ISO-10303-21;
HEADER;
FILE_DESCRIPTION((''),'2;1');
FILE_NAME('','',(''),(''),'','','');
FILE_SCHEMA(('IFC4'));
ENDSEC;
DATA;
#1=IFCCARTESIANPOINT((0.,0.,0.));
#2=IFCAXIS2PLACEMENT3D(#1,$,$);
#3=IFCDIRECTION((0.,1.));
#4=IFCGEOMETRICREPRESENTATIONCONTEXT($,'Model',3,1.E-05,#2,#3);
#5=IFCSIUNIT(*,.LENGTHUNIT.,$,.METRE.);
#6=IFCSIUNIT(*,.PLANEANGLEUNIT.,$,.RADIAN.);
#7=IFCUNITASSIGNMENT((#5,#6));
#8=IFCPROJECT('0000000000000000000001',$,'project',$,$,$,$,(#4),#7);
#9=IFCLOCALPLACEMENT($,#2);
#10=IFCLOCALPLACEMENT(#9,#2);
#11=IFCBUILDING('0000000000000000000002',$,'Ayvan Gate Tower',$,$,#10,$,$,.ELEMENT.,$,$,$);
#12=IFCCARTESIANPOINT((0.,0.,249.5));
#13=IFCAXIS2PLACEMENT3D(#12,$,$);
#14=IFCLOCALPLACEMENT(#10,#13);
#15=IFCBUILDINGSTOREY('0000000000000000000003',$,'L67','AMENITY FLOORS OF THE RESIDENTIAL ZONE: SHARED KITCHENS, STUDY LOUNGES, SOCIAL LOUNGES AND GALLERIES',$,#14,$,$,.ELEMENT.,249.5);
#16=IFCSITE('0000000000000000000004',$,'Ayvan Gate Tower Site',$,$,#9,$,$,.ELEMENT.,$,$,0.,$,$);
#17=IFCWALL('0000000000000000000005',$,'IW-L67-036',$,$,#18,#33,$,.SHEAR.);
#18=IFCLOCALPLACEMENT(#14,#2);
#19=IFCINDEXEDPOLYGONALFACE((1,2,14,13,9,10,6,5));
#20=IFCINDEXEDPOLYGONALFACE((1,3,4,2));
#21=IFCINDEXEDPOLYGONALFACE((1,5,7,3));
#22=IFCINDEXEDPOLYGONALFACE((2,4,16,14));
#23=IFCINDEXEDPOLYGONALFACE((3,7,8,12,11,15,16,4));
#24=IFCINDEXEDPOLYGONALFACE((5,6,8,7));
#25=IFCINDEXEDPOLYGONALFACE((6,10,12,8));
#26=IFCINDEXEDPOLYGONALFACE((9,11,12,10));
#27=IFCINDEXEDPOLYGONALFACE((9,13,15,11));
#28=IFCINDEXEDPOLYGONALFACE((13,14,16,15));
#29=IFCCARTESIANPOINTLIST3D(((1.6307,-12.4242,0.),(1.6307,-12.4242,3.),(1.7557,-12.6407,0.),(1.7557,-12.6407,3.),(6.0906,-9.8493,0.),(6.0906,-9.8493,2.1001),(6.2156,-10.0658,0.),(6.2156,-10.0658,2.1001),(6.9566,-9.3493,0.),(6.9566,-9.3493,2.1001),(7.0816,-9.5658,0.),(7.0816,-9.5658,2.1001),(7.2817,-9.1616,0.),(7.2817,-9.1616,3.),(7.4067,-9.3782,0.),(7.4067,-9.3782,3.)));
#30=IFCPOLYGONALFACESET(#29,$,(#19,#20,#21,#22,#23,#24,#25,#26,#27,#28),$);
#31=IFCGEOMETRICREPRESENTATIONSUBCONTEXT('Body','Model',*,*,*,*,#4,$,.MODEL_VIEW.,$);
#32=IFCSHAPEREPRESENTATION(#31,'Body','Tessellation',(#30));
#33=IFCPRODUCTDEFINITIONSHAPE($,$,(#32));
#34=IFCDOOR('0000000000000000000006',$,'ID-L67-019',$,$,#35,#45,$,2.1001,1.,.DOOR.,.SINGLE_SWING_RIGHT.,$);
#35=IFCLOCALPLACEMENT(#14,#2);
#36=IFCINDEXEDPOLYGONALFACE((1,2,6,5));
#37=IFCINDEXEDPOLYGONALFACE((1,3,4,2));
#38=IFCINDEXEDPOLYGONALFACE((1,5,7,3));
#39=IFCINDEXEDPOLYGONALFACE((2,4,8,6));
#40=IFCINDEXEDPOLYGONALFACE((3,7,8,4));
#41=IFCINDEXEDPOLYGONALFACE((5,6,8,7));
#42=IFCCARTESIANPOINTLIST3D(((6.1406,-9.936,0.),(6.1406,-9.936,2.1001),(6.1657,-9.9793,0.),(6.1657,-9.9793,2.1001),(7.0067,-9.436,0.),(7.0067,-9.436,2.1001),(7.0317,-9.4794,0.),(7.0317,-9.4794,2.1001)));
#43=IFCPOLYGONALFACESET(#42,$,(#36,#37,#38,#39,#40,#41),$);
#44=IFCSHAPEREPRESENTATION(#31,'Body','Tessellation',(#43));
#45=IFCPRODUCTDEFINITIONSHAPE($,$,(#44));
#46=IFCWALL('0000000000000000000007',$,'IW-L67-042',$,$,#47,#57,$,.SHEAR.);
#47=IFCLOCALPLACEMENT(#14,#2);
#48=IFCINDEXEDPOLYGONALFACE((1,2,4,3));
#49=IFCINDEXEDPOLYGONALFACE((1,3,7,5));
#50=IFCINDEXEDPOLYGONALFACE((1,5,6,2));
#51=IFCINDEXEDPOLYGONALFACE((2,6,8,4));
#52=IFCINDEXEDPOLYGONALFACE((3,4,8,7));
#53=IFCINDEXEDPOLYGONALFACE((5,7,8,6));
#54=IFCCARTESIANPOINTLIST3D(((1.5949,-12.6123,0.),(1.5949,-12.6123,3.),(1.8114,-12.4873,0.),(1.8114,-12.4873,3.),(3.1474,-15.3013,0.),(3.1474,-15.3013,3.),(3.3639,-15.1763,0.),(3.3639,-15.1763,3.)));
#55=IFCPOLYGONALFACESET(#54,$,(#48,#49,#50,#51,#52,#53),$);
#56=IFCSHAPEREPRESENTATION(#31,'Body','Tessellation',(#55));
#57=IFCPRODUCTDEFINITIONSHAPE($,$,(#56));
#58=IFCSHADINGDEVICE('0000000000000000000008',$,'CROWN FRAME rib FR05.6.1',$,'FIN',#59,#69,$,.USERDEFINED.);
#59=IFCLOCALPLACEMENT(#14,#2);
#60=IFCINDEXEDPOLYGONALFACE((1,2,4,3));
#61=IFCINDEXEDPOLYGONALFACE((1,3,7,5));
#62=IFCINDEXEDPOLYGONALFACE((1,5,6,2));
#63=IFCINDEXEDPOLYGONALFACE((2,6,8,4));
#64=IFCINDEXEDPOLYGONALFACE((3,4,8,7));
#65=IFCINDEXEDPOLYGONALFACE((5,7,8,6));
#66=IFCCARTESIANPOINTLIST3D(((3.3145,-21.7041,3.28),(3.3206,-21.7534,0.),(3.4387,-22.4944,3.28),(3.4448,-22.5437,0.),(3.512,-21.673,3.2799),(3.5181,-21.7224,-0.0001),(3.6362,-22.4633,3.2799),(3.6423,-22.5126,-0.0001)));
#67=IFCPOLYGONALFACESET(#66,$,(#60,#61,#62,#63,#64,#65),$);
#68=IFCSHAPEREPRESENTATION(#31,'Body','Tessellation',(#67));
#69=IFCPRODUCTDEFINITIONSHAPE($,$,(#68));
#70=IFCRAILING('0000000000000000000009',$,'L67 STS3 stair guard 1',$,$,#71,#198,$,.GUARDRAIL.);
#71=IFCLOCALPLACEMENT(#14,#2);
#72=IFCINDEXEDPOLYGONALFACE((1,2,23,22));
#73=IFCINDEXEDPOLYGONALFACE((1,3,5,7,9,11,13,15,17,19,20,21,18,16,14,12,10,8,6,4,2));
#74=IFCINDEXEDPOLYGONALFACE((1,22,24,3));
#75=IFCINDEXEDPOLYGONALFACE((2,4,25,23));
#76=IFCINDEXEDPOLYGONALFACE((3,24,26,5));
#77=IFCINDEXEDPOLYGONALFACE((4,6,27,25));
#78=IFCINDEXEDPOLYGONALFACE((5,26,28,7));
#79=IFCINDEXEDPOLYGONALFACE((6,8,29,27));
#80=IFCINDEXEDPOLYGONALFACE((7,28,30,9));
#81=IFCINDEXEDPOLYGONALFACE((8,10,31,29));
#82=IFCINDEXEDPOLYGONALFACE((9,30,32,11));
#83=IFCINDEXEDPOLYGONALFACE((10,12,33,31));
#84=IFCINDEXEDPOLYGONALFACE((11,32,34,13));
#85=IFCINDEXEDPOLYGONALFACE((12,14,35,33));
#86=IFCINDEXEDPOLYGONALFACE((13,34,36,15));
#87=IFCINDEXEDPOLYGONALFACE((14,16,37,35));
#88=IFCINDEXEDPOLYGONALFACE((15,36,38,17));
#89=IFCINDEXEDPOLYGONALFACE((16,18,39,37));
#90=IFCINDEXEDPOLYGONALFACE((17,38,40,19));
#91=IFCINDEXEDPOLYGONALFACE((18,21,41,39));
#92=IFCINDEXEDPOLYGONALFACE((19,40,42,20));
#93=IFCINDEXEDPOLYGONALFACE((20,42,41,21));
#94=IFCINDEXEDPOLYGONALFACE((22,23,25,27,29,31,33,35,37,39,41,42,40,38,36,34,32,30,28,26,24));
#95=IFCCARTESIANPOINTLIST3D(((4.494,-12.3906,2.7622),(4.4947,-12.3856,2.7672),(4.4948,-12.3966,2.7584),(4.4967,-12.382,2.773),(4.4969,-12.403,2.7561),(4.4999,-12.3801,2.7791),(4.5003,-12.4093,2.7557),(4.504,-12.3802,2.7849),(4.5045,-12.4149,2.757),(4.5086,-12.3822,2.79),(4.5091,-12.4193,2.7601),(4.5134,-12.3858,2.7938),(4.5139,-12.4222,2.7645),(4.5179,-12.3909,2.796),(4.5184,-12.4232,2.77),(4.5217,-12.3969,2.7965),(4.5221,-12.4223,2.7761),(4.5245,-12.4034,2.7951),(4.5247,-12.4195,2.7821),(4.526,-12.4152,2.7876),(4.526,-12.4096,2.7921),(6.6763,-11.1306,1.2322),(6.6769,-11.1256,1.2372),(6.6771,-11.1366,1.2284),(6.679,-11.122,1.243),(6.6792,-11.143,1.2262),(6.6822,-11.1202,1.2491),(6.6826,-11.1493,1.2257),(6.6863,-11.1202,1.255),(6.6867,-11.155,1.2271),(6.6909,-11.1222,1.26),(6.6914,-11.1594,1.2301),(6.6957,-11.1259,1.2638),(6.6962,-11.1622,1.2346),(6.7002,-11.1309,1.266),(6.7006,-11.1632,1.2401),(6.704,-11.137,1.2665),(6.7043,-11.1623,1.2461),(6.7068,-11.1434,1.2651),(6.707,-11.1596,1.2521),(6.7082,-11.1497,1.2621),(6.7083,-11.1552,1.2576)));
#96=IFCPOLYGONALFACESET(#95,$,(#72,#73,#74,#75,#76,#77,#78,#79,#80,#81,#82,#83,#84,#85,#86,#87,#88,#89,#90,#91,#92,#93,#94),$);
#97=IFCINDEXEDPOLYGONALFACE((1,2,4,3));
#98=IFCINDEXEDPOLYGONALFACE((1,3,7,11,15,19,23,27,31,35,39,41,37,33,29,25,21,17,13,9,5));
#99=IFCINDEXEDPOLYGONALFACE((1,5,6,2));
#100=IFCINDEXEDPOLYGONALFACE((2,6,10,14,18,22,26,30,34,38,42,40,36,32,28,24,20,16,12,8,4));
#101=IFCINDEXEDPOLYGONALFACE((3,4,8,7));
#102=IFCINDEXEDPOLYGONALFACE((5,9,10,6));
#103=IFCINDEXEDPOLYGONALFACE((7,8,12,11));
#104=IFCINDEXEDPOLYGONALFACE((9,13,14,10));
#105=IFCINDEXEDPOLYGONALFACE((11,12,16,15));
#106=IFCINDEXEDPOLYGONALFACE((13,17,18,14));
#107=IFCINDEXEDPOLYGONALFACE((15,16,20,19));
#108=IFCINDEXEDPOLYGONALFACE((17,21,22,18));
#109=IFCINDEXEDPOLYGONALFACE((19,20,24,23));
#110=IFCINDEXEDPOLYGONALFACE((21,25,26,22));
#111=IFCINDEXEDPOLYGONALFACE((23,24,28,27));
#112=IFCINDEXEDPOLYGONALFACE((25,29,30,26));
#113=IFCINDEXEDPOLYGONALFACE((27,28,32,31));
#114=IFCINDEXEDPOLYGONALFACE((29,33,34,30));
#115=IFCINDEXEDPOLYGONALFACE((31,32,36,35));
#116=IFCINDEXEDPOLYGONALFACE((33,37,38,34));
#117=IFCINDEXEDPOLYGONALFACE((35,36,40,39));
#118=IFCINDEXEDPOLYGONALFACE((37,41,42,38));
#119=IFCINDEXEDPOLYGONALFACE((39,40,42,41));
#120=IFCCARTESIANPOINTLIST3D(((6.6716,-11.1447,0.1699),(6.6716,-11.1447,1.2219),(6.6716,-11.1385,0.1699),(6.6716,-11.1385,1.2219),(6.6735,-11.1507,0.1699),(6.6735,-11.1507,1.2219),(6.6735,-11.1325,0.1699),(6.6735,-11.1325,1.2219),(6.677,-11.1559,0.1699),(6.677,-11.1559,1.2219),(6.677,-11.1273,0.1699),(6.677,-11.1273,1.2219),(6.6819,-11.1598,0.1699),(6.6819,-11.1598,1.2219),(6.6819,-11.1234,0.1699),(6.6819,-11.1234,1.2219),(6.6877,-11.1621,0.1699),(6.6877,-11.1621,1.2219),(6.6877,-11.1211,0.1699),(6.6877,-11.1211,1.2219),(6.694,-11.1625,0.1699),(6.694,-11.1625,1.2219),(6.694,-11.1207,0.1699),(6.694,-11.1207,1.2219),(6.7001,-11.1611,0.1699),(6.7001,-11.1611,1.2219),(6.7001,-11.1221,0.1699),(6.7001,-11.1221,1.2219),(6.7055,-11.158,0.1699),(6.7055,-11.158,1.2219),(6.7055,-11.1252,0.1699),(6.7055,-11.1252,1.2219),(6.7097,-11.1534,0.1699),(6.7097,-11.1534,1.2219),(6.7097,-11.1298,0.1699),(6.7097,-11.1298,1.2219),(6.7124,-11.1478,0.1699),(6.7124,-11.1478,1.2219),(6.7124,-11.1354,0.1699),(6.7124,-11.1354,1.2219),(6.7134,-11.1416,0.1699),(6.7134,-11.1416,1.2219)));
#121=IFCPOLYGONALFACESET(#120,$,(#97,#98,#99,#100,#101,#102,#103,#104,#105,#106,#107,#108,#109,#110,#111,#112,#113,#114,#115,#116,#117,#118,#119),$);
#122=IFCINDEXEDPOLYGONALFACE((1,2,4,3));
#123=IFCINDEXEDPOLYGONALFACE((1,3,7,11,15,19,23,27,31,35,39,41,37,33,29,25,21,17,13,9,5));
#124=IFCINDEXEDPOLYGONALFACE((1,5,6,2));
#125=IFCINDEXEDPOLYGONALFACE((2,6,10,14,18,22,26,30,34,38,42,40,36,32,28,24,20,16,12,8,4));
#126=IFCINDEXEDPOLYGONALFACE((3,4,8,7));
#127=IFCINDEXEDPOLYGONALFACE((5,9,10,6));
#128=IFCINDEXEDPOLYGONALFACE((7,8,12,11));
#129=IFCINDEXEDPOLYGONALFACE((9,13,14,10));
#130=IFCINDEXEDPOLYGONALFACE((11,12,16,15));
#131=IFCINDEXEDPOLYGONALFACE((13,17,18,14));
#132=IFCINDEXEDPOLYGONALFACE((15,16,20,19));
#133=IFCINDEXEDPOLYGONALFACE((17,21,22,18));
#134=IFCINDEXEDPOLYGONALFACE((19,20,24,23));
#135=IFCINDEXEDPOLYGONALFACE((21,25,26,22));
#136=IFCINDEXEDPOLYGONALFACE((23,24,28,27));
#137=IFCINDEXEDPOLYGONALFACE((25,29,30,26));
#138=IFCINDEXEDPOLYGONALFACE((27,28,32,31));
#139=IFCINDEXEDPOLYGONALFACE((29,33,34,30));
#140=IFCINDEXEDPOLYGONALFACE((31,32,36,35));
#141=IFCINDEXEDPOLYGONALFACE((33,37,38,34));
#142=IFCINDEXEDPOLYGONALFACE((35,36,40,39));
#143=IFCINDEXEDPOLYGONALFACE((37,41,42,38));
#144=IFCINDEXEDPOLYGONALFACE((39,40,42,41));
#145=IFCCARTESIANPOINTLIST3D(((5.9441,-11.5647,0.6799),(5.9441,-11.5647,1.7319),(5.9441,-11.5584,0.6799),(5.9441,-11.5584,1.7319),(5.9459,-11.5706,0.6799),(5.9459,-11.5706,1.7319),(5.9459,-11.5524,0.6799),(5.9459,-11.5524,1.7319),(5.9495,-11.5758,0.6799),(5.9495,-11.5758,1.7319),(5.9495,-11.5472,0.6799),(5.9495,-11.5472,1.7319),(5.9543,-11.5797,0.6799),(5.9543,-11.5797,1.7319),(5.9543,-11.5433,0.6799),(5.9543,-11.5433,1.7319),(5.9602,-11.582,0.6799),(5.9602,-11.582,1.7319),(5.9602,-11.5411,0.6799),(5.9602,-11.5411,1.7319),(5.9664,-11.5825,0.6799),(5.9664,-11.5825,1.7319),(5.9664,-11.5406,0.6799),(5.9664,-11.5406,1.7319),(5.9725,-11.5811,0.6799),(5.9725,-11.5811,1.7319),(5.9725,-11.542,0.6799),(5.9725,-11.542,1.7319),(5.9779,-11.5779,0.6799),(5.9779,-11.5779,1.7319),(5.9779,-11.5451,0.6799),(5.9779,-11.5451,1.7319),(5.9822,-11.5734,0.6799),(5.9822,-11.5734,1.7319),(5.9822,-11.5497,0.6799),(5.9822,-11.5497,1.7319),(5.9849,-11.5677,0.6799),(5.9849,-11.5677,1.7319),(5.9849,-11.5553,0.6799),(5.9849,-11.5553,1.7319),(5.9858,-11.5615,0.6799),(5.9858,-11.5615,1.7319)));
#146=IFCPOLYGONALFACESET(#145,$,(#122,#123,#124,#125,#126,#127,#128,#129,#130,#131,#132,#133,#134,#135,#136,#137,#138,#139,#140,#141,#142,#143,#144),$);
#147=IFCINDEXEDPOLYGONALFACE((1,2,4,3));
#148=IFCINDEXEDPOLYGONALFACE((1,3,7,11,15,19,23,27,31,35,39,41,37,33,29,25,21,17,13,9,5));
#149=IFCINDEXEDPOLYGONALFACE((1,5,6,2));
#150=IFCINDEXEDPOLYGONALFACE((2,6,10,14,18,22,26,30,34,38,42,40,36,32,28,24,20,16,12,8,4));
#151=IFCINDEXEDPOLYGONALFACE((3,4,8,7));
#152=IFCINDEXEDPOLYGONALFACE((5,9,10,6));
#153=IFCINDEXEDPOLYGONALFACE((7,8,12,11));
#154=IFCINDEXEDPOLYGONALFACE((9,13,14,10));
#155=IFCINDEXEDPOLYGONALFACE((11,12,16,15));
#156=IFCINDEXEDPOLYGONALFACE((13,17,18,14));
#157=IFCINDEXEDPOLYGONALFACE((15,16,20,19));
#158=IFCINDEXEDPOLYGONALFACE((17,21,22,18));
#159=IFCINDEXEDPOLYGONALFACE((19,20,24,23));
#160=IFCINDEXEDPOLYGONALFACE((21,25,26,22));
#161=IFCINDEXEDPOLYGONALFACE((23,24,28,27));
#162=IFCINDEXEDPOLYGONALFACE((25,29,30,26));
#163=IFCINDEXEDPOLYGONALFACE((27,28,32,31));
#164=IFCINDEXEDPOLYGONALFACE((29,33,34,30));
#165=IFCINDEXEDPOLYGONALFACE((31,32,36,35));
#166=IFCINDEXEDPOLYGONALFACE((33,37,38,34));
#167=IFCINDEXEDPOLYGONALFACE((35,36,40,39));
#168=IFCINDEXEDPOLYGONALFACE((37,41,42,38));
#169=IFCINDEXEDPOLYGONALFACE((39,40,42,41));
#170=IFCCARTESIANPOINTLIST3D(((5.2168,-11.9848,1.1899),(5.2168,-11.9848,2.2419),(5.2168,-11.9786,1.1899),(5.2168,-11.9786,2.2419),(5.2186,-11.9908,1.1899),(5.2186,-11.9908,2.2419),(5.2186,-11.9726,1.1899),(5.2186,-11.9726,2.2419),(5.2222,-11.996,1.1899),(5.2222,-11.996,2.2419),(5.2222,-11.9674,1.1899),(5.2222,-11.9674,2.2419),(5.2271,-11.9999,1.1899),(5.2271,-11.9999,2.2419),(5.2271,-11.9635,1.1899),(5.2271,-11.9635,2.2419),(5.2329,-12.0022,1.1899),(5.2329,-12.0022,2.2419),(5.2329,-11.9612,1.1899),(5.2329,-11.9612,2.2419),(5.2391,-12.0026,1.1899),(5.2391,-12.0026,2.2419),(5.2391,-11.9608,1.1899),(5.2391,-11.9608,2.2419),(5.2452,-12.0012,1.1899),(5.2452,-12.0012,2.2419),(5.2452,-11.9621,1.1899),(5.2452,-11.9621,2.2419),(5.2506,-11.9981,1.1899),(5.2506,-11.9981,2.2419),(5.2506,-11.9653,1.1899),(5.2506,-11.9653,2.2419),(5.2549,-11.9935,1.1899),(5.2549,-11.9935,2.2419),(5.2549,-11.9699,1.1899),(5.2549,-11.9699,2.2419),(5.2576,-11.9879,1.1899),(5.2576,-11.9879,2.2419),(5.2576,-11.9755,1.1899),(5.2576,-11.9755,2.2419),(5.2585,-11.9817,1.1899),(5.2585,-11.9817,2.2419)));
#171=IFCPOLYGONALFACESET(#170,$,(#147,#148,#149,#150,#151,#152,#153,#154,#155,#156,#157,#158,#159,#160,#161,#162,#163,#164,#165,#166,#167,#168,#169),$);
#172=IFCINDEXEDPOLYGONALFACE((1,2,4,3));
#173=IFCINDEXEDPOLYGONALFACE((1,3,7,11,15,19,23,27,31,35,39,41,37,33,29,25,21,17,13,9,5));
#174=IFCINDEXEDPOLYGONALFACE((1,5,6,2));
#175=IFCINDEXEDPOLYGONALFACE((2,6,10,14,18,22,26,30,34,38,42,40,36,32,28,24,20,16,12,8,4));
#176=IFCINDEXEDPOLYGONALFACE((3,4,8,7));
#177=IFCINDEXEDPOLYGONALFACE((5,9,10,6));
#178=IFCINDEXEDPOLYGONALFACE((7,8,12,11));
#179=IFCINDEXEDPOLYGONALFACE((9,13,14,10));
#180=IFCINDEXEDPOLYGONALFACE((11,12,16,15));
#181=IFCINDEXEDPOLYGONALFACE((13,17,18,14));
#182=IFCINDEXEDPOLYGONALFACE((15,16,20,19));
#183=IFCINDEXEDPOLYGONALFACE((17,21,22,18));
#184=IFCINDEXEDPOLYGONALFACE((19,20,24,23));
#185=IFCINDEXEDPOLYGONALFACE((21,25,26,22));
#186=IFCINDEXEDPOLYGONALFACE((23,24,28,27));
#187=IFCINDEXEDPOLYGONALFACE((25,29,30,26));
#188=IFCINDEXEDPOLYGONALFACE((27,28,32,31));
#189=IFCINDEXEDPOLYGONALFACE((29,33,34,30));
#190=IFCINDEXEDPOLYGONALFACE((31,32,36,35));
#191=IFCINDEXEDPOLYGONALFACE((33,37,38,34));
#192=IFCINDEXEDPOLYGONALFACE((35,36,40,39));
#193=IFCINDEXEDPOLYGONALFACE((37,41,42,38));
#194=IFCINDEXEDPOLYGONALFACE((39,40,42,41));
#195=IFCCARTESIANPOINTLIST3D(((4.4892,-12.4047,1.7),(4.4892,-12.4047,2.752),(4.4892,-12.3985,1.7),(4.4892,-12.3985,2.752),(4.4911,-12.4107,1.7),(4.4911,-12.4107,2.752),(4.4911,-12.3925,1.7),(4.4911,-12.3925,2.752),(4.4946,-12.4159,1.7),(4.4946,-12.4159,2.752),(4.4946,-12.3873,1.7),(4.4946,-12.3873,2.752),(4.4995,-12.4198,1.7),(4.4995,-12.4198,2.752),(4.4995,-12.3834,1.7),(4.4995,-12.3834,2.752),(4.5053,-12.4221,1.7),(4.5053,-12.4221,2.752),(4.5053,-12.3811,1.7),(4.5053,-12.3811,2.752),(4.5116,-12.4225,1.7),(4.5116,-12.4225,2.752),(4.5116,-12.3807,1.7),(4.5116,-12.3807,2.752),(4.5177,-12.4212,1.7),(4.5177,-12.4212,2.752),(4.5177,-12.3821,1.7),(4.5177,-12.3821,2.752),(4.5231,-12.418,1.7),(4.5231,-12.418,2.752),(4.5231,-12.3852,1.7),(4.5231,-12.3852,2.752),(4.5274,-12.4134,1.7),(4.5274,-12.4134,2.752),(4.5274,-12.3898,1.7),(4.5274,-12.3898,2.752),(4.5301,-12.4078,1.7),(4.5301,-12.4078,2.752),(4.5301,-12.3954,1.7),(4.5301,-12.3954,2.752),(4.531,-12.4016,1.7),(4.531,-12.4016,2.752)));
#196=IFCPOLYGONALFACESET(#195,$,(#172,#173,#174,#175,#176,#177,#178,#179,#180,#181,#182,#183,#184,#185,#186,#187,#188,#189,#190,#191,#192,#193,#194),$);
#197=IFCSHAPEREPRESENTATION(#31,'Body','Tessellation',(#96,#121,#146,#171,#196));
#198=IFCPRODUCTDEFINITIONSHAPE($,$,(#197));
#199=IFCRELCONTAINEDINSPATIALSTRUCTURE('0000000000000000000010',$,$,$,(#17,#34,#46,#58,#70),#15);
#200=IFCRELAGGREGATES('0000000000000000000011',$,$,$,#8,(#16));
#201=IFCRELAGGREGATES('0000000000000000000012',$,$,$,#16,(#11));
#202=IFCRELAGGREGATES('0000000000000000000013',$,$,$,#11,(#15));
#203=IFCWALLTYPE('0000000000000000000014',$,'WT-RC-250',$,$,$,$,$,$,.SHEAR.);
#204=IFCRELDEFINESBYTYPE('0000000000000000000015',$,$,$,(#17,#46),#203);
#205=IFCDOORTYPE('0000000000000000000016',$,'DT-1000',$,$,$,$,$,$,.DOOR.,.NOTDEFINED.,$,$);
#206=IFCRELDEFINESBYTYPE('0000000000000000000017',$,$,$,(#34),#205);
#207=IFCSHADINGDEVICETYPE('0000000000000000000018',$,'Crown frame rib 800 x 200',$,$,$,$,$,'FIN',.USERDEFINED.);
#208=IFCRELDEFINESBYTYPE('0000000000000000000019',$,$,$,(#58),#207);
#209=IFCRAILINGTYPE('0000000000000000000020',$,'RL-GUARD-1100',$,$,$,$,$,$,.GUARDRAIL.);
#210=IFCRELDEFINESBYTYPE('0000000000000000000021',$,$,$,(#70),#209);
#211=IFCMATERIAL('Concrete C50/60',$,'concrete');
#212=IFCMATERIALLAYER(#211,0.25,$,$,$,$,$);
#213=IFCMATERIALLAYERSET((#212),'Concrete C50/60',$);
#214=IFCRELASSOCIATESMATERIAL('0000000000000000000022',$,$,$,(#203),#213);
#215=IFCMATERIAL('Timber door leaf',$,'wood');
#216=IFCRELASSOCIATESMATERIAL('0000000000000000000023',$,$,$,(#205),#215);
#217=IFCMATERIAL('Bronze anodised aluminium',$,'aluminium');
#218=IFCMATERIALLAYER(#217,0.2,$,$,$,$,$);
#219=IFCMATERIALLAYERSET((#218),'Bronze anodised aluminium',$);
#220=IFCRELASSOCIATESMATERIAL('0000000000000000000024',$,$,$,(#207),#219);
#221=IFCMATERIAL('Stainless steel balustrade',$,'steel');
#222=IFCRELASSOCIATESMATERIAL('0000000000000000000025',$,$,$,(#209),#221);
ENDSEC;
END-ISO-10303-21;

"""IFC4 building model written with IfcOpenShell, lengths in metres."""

from ifc_helpers import new_model, si_unit, direction, frame, frame_2d, origin, origin_2d, place, context, subcontext, project, spatial, polyline, rectangle, circle, outline, extrude, material, layer, layer_set, type_object, element, fill, save


model = new_model("IFC4")

# Units and contexts
model_context = context("Model", 3, precision=1e-05, world=origin(), true_north=direction((0.0, 1.0)))
body_context = subcontext(model_context, "Body", "Model", "MODEL_VIEW")
ifc_project = project(units=[si_unit("LENGTHUNIT", "METRE"), si_unit("PLANEANGLEUNIT", "RADIAN")], contexts=[model_context])

# Site, building, storey
site_placement = place(None, origin())
site = spatial("IfcSite", under=ifc_project, at=site_placement, Name="Ayvan Gate Tower Site", CompositionType="ELEMENT", RefElevation=0.0)
building_placement = place(site_placement, origin())
building = spatial("IfcBuilding", under=site, at=building_placement, Name="Ayvan Gate Tower", CompositionType="ELEMENT")
storey_placement = place(building_placement, frame((0.0, 0.0, 249.5)))
storey = spatial("IfcBuildingStorey", under=building, at=storey_placement, Name="L67", Description="AMENITY FLOORS OF THE RESIDENTIAL ZONE: SHARED KITCHENS, STUDY LOUNGES, SOCIAL LOUNGES AND GALLERIES", CompositionType="ELEMENT", Elevation=249.5)

# Shared definitions
ifc_material_1 = material(Name="Concrete C50/60", Category="concrete")

# Shared definitions
ifc_material_2 = material(Name="Bronze anodised aluminium", Category="aluminium")

# Shared definitions
ifc_layer_1 = layer(ifc_material_1, 0.25)
ifc_layer_set_1 = layer_set([ifc_layer_1], Name="Concrete C50/60")
wall_type = type_object("IfcWallType", Name="WT-RC-250", PredefinedType="SHEAR", material=ifc_layer_set_1)

# Wall, opening, door
wall_1_placement = place(storey_placement, frame((1.6931, -12.5325, 0.0), z_axis=(0.0, 0.0, 1.0), x_axis=(0.866031, 0.49999, 0.0)))
wall_1 = element("IfcWall", 1, at=wall_1_placement, inside=storey, type_object=wall_type, Name="IW-L67-036", PredefinedType="SHEAR", context=body_context, shape_type="SweptSolid", body=[
    extrude(rectangle(XDim=6.5251, YDim=0.25, at=frame_2d((3.2627, 0.0))), origin(), (0.0, 0.0, 1.0), 3.0),
])
opening_placement = place(wall_1_placement, frame((5.1499, 0.0, 0.0)))
opening = element("IfcOpeningElement", 2, at=opening_placement, cuts=wall_1, PredefinedType="OPENING", context=body_context, shape_type="SweptSolid", body=[
    extrude(rectangle(XDim=1.0, YDim=2.1001, at=frame_2d((0.5, 1.05))), frame((0.0, 0.135, 0.0), z_axis=(0.0, -1.0, 0.0), x_axis=(1.0, 0.0, 0.0)), (0.0, 0.0, 1.0), 0.27),
])
ifc_material_3 = material(Name="Timber door leaf", Category="wood")
door_type = type_object("IfcDoorType", Name="DT-1000", OperationType="NOTDEFINED", PredefinedType="DOOR", material=ifc_material_3)
door_placement = place(opening_placement, origin())
door = element("IfcDoor", 3, at=door_placement, inside=storey, type_object=door_type, Name="ID-L67-019", OperationType="SINGLE_SWING_RIGHT", OverallHeight=2.1001, OverallWidth=1.0, PredefinedType="DOOR", context=body_context, shape_type="SweptSolid", body=[
    extrude(rectangle(XDim=1.0, YDim=2.1001, at=frame_2d((0.5, 1.05))), frame((0.0, 0.0249, 0.0), z_axis=(0.0, -1.0, 0.0), x_axis=(1.0, 0.0, 0.0)), (0.0, 0.0, 1.0), 0.05),
])
fill(opening, door)

# Wall
wall_2_placement = place(storey_placement, frame((3.2556, -15.2388, 0.0), z_axis=(0.0, 0.0, 1.0), x_axis=(-0.500004, 0.866023, 0.0)))
element("IfcWall", 4, at=wall_2_placement, inside=storey, type_object=wall_type, Name="IW-L67-042", PredefinedType="SHEAR", context=body_context, shape_type="SweptSolid", body=[
    extrude(rectangle(XDim=3.105, YDim=0.25, at=frame_2d((1.5525, 0.0))), origin(), (0.0, 0.0, 1.0), 3.0),
])

# Shading device
ifc_layer_2 = layer(ifc_material_2, 0.2)
ifc_layer_set_2 = layer_set([ifc_layer_2], Name="Bronze anodised aluminium")
shading_device_type = type_object("IfcShadingDeviceType", Name="Crown frame rib 800 x 200", ElementType="FIN", PredefinedType="USERDEFINED", material=ifc_layer_set_2)
shading_device_placement = place(storey_placement, frame((3.3206, -21.7534, 0.0), z_axis=(-0.987862, -0.155336, 0.000497), x_axis=(0.155336, -0.987862, 0.0)))
element("IfcShadingDevice", 5, at=shading_device_placement, inside=storey, type_object=shading_device_type, Name="CROWN FRAME rib FR05.6.1", ObjectType="FIN", PredefinedType="USERDEFINED", context=body_context, shape_type="SweptSolid", body=[
    extrude(outline(polyline([(0.0, 0.0), (0.8, 0.0), (0.7503, 3.28), (-0.0497, 3.28), (0.0, 0.0)])), origin(), (0.0, 0.0, -1.0), 0.2),
])

# Railing
ifc_material_4 = material(Name="Stainless steel balustrade", Category="steel")
railing_type_1 = type_object("IfcRailingType", Name="RL-GUARD-1100", PredefinedType="GUARDRAIL", material=ifc_material_4)
railing_1_placement = place(storey_placement, frame((6.6924, -11.1416, 0.1699)))
element("IfcRailing", 6, at=railing_1_placement, inside=storey, type_object=railing_type_1, Name="L67 STS3 stair guard 1", PredefinedType="GUARDRAIL", context=body_context, shape_type="SweptSolid", body=[
    extrude(circle(Radius=0.0239, at=origin_2d()), frame((0.0, 0.0, 1.0762), z_axis=(-0.740261, -0.427395, 0.518986), x_axis=(0.500005, -0.866023, 0.0)), (0.0, 0.0, 1.0), 2.948),
    extrude(circle(Radius=0.021, at=origin_2d()), origin(), (0.0, 0.0, 1.0), 1.052),
    extrude(circle(Radius=0.021, at=origin_2d()), frame((-0.7275, -0.4199, 0.51)), (0.0, 0.0, 1.0), 1.052),
    extrude(circle(Radius=0.021, at=origin_2d()), frame((-1.4548, -0.8401, 1.02)), (0.0, 0.0, 1.0), 1.052),
    extrude(circle(Radius=0.021, at=origin_2d()), frame((-2.1824, -1.26, 1.53)), (0.0, 0.0, 1.0), 1.052),
])

save(model, "model.ifc")
